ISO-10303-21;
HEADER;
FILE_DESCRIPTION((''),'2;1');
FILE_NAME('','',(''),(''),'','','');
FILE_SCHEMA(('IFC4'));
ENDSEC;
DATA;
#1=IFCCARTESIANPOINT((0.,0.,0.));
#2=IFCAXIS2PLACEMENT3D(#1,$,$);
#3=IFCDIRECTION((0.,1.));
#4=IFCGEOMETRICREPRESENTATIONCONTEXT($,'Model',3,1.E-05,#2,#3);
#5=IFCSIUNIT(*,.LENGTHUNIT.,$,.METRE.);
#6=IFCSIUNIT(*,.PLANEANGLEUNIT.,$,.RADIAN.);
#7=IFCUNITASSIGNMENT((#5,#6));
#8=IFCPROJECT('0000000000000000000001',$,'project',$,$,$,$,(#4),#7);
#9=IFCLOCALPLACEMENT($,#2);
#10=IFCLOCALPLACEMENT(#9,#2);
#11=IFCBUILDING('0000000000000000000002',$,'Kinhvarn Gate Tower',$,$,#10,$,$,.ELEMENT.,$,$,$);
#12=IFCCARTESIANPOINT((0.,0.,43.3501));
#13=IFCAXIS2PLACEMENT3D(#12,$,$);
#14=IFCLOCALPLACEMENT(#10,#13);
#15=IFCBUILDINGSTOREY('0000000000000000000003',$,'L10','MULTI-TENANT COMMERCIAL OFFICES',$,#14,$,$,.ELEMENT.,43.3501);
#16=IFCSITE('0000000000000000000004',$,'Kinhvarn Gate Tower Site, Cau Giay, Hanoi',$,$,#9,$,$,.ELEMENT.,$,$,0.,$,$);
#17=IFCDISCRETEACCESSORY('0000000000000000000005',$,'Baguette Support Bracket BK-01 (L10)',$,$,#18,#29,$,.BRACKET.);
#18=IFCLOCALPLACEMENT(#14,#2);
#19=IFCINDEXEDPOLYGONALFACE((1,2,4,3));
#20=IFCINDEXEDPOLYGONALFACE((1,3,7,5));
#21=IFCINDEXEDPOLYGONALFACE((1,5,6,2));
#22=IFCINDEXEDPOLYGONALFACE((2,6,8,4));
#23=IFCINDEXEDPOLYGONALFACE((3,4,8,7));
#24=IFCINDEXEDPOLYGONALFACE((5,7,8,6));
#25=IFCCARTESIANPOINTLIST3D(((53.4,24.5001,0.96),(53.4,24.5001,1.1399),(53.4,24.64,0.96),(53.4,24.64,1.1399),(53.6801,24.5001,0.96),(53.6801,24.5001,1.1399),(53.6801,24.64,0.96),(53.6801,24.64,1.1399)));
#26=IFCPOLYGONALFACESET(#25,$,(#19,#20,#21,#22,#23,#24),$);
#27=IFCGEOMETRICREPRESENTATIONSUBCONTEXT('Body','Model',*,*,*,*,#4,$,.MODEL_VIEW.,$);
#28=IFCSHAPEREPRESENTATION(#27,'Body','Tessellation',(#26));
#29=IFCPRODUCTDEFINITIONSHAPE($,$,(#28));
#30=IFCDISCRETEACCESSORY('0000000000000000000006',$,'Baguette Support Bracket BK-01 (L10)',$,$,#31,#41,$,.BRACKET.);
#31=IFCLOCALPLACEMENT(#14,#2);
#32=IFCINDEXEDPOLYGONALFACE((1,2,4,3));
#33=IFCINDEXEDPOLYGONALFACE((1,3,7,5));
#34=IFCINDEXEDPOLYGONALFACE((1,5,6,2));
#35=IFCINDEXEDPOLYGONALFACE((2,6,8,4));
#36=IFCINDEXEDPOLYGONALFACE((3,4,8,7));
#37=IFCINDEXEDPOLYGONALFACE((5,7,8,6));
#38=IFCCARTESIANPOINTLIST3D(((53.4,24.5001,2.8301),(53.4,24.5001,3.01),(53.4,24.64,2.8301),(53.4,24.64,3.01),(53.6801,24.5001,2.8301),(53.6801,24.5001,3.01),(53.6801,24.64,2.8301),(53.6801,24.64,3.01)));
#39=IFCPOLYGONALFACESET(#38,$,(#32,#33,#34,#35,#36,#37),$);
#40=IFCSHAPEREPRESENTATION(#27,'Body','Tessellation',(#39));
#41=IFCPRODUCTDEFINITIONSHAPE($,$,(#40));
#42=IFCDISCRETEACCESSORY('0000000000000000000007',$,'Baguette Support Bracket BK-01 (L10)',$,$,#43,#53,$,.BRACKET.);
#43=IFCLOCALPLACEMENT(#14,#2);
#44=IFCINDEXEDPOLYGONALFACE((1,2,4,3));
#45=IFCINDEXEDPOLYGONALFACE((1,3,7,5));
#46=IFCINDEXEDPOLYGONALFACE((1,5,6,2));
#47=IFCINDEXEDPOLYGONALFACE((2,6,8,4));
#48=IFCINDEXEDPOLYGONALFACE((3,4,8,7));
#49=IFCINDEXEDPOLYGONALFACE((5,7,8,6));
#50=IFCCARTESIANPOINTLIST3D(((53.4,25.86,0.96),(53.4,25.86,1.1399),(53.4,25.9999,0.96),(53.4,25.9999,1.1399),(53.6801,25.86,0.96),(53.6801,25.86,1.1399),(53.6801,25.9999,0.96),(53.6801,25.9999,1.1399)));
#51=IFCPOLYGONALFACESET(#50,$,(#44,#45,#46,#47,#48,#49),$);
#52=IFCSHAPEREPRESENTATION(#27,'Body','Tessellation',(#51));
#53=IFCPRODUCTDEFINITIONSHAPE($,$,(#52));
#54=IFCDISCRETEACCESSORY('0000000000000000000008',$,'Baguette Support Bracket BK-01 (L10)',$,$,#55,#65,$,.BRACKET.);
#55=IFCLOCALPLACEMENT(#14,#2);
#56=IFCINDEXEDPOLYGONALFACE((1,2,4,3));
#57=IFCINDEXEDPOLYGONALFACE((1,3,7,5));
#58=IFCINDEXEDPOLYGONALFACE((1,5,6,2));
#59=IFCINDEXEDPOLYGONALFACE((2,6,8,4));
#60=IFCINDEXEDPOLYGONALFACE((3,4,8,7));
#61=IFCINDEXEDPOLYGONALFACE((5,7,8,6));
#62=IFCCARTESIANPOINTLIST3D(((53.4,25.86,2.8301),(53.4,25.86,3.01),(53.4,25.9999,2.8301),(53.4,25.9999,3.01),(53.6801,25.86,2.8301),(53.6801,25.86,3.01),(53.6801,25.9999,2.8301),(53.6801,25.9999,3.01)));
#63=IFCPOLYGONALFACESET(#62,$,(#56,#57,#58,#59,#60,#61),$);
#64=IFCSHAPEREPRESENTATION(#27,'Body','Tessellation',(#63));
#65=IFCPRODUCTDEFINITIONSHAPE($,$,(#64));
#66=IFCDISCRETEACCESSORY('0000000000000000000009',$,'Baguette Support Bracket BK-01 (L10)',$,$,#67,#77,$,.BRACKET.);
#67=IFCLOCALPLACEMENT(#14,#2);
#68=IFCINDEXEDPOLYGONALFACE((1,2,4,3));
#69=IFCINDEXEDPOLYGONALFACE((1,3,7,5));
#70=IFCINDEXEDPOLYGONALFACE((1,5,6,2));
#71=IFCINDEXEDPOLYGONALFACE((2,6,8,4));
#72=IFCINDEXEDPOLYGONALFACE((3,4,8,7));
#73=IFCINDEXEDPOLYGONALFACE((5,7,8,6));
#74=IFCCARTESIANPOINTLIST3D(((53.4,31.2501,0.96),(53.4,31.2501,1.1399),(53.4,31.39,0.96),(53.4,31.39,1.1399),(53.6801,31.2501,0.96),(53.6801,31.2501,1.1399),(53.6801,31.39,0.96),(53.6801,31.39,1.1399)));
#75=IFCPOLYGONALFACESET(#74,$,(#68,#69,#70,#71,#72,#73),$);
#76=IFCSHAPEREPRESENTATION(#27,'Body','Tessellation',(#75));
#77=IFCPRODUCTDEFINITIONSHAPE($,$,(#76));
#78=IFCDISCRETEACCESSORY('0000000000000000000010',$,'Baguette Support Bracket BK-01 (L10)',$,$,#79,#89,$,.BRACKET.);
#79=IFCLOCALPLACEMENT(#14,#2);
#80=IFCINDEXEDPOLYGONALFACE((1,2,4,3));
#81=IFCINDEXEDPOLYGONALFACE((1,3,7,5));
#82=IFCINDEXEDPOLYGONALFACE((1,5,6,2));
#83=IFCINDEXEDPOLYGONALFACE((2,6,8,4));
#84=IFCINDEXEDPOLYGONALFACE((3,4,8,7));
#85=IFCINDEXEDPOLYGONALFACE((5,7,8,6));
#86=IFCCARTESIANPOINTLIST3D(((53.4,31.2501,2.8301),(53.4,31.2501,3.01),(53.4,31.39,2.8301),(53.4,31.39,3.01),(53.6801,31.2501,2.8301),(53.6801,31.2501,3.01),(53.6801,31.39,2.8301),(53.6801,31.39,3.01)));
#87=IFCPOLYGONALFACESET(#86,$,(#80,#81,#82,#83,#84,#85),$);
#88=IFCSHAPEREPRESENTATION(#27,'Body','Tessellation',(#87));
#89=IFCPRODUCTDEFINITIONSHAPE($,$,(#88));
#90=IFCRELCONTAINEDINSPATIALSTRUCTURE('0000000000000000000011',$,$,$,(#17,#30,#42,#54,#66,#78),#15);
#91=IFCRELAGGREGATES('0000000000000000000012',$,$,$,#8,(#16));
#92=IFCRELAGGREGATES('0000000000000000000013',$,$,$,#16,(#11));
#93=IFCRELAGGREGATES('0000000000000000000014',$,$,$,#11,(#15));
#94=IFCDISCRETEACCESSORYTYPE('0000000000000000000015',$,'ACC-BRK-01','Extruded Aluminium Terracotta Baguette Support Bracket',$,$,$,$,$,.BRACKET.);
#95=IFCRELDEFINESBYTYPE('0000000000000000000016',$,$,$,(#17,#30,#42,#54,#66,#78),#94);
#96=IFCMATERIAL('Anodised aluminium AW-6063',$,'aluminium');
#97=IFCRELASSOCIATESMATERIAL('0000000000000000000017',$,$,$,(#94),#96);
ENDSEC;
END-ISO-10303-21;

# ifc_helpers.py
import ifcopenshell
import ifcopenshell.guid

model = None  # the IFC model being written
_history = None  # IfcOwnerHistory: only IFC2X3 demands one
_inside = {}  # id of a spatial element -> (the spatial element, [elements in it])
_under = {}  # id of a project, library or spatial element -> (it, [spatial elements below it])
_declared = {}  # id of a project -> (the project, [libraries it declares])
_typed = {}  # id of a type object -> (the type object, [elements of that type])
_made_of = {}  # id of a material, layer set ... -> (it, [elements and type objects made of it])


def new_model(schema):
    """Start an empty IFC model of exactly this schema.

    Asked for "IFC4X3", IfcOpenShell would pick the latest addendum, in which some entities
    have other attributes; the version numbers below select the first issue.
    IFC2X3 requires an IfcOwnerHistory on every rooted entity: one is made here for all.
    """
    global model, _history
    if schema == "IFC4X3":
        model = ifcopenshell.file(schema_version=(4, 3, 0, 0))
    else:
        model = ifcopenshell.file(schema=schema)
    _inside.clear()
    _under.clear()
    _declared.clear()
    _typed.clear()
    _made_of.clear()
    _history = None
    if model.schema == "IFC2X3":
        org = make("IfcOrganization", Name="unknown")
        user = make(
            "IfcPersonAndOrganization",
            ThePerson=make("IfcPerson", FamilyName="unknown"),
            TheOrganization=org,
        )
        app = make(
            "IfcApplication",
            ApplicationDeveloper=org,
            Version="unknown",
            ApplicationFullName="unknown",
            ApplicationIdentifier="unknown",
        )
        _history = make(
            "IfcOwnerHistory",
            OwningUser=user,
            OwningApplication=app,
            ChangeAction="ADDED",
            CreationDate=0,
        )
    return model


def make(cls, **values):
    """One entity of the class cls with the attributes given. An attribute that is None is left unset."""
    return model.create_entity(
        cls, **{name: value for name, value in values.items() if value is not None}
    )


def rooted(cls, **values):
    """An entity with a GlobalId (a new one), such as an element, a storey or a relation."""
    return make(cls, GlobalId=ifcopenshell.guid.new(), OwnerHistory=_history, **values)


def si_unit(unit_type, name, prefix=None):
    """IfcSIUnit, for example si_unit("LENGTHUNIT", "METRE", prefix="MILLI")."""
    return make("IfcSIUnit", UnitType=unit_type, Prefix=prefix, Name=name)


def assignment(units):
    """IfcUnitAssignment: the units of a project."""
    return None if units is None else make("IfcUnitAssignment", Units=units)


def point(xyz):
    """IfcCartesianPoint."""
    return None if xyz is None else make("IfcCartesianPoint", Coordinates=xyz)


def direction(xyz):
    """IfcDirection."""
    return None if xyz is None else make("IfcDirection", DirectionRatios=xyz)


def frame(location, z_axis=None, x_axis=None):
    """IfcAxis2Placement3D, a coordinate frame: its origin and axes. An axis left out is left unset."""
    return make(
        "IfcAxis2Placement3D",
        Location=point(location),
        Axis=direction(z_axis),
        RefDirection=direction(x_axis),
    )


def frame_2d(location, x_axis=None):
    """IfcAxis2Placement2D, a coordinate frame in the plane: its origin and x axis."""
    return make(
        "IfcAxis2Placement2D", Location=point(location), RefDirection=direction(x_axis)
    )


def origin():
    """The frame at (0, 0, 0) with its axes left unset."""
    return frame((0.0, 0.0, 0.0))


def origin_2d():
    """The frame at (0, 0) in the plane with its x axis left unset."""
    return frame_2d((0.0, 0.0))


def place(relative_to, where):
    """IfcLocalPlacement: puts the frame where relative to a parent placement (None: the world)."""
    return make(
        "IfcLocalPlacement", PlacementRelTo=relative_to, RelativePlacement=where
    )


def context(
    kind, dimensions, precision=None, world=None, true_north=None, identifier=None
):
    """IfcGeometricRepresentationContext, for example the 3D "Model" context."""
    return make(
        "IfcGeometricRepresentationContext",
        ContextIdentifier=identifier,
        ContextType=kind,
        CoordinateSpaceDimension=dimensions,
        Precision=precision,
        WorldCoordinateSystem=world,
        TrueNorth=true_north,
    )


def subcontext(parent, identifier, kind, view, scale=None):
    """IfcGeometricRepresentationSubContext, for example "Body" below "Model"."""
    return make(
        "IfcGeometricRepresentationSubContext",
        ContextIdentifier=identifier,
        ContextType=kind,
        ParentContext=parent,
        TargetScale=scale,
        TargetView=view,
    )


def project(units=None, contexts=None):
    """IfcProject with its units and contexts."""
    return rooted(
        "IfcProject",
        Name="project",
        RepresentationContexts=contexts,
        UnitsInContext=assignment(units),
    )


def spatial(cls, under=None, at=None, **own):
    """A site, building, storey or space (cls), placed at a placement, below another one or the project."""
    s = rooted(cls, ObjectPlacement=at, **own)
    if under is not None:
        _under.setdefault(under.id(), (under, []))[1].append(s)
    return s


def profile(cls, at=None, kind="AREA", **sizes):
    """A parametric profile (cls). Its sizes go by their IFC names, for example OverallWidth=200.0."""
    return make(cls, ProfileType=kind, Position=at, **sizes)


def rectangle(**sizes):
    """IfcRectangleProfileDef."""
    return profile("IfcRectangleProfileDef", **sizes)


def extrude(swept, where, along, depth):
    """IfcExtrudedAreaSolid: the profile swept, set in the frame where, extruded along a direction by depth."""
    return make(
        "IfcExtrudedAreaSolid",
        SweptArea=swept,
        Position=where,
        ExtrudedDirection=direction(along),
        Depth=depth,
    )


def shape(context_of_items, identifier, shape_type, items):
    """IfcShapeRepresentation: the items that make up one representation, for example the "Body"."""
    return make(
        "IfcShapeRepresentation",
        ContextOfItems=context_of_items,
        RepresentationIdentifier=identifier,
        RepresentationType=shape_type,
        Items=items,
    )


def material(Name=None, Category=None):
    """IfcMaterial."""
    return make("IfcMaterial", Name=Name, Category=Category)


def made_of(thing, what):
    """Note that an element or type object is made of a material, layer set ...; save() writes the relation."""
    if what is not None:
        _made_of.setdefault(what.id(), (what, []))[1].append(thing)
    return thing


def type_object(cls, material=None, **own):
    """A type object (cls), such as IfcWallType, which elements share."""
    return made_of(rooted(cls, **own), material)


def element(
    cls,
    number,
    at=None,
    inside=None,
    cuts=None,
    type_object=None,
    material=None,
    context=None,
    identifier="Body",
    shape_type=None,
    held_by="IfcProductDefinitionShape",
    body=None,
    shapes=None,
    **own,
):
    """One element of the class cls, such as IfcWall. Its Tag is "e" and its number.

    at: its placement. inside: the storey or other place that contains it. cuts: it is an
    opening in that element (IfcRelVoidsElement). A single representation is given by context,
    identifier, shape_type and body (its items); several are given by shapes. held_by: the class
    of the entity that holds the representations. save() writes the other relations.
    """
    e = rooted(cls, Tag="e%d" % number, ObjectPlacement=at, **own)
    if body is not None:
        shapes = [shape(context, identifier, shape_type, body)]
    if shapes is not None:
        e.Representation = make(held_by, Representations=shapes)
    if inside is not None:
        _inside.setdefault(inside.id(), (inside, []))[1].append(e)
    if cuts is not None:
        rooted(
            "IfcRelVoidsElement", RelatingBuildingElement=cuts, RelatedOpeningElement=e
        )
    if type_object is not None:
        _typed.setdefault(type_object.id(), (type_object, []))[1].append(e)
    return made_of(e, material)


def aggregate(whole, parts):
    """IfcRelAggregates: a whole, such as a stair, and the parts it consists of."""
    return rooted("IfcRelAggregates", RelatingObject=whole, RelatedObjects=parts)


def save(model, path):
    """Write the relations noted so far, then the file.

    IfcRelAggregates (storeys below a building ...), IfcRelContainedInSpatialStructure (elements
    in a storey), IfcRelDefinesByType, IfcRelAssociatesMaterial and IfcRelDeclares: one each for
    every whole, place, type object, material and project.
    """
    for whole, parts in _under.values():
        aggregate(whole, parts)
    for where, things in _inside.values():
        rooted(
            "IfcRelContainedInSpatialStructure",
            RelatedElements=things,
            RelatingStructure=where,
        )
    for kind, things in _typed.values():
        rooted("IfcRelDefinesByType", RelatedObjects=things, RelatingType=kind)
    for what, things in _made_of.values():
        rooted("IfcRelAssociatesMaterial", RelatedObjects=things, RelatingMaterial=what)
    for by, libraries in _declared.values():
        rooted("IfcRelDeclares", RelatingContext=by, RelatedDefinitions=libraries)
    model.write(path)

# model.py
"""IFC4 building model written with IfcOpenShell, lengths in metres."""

from ifc_helpers import new_model, si_unit, direction, frame, origin, origin_2d, place, context, subcontext, project, spatial, rectangle, extrude, material, type_object, element, save


model = new_model("IFC4")

# Units and contexts
model_context = context("Model", 3, precision=1e-05, world=origin(), true_north=direction((0.0, 1.0)))
body_context = subcontext(model_context, "Body", "Model", "MODEL_VIEW")
ifc_project = project(units=[si_unit("LENGTHUNIT", "METRE"), si_unit("PLANEANGLEUNIT", "RADIAN")], contexts=[model_context])

# Site, building, storey
site_placement = place(None, origin())
site = spatial("IfcSite", under=ifc_project, at=site_placement, Name="Kinhvarn Gate Tower Site, Cau Giay, Hanoi", CompositionType="ELEMENT", RefElevation=0.0)
building_placement = place(site_placement, origin())
building = spatial("IfcBuilding", under=site, at=building_placement, Name="Kinhvarn Gate Tower", CompositionType="ELEMENT")
storey_placement = place(building_placement, frame((0.0, 0.0, 43.3501)))
storey = spatial("IfcBuildingStorey", under=building, at=storey_placement, Name="L10", Description="MULTI-TENANT COMMERCIAL OFFICES", CompositionType="ELEMENT", Elevation=43.3501)

# Shared definitions
ifc_material_1 = material(Name="Anodised aluminium AW-6063", Category="aluminium")

# Discrete accessories
discrete_accessory_type = type_object("IfcDiscreteAccessoryType", Name="ACC-BRK-01", Description="Extruded Aluminium Terracotta Baguette Support Bracket", PredefinedType="BRACKET", material=ifc_material_1)
for number, where, z_axis, x_axis, name in (
    (1, (53.54, 24.5701, 0.96), (0.0, 0.0, 1.0), (0.0, 1.0, 0.0), "Baguette Support Bracket BK-01 (L10)"),
    (2, (53.54, 24.5701, 2.8301), (0.0, 0.0, 1.0), (0.0, 1.0, 0.0), "Baguette Support Bracket BK-01 (L10)"),
    (3, (53.54, 25.9299, 0.96), (0.0, 0.0, 1.0), (0.0, 1.0, 0.0), "Baguette Support Bracket BK-01 (L10)"),
    (4, (53.54, 25.9299, 2.8301), (0.0, 0.0, 1.0), (0.0, 1.0, 0.0), "Baguette Support Bracket BK-01 (L10)"),
    (5, (53.54, 31.3201, 0.96), (0.0, 0.0, 1.0), (0.0, 1.0, 0.0), "Baguette Support Bracket BK-01 (L10)"),
    (6, (53.54, 31.3201, 2.8301), (0.0, 0.0, 1.0), (0.0, 1.0, 0.0), "Baguette Support Bracket BK-01 (L10)"),
):
    element("IfcDiscreteAccessory", number, at=place(storey_placement, frame(where, z_axis=z_axis, x_axis=x_axis)), inside=storey, type_object=discrete_accessory_type, Name=name, PredefinedType="BRACKET", context=body_context, shape_type="SweptSolid", body=[
        extrude(rectangle(XDim=0.1399, YDim=0.28, at=origin_2d()), origin(), (0.0, 0.0, 1.0), 0.1799),
    ])

save(model, "model.ifc")
